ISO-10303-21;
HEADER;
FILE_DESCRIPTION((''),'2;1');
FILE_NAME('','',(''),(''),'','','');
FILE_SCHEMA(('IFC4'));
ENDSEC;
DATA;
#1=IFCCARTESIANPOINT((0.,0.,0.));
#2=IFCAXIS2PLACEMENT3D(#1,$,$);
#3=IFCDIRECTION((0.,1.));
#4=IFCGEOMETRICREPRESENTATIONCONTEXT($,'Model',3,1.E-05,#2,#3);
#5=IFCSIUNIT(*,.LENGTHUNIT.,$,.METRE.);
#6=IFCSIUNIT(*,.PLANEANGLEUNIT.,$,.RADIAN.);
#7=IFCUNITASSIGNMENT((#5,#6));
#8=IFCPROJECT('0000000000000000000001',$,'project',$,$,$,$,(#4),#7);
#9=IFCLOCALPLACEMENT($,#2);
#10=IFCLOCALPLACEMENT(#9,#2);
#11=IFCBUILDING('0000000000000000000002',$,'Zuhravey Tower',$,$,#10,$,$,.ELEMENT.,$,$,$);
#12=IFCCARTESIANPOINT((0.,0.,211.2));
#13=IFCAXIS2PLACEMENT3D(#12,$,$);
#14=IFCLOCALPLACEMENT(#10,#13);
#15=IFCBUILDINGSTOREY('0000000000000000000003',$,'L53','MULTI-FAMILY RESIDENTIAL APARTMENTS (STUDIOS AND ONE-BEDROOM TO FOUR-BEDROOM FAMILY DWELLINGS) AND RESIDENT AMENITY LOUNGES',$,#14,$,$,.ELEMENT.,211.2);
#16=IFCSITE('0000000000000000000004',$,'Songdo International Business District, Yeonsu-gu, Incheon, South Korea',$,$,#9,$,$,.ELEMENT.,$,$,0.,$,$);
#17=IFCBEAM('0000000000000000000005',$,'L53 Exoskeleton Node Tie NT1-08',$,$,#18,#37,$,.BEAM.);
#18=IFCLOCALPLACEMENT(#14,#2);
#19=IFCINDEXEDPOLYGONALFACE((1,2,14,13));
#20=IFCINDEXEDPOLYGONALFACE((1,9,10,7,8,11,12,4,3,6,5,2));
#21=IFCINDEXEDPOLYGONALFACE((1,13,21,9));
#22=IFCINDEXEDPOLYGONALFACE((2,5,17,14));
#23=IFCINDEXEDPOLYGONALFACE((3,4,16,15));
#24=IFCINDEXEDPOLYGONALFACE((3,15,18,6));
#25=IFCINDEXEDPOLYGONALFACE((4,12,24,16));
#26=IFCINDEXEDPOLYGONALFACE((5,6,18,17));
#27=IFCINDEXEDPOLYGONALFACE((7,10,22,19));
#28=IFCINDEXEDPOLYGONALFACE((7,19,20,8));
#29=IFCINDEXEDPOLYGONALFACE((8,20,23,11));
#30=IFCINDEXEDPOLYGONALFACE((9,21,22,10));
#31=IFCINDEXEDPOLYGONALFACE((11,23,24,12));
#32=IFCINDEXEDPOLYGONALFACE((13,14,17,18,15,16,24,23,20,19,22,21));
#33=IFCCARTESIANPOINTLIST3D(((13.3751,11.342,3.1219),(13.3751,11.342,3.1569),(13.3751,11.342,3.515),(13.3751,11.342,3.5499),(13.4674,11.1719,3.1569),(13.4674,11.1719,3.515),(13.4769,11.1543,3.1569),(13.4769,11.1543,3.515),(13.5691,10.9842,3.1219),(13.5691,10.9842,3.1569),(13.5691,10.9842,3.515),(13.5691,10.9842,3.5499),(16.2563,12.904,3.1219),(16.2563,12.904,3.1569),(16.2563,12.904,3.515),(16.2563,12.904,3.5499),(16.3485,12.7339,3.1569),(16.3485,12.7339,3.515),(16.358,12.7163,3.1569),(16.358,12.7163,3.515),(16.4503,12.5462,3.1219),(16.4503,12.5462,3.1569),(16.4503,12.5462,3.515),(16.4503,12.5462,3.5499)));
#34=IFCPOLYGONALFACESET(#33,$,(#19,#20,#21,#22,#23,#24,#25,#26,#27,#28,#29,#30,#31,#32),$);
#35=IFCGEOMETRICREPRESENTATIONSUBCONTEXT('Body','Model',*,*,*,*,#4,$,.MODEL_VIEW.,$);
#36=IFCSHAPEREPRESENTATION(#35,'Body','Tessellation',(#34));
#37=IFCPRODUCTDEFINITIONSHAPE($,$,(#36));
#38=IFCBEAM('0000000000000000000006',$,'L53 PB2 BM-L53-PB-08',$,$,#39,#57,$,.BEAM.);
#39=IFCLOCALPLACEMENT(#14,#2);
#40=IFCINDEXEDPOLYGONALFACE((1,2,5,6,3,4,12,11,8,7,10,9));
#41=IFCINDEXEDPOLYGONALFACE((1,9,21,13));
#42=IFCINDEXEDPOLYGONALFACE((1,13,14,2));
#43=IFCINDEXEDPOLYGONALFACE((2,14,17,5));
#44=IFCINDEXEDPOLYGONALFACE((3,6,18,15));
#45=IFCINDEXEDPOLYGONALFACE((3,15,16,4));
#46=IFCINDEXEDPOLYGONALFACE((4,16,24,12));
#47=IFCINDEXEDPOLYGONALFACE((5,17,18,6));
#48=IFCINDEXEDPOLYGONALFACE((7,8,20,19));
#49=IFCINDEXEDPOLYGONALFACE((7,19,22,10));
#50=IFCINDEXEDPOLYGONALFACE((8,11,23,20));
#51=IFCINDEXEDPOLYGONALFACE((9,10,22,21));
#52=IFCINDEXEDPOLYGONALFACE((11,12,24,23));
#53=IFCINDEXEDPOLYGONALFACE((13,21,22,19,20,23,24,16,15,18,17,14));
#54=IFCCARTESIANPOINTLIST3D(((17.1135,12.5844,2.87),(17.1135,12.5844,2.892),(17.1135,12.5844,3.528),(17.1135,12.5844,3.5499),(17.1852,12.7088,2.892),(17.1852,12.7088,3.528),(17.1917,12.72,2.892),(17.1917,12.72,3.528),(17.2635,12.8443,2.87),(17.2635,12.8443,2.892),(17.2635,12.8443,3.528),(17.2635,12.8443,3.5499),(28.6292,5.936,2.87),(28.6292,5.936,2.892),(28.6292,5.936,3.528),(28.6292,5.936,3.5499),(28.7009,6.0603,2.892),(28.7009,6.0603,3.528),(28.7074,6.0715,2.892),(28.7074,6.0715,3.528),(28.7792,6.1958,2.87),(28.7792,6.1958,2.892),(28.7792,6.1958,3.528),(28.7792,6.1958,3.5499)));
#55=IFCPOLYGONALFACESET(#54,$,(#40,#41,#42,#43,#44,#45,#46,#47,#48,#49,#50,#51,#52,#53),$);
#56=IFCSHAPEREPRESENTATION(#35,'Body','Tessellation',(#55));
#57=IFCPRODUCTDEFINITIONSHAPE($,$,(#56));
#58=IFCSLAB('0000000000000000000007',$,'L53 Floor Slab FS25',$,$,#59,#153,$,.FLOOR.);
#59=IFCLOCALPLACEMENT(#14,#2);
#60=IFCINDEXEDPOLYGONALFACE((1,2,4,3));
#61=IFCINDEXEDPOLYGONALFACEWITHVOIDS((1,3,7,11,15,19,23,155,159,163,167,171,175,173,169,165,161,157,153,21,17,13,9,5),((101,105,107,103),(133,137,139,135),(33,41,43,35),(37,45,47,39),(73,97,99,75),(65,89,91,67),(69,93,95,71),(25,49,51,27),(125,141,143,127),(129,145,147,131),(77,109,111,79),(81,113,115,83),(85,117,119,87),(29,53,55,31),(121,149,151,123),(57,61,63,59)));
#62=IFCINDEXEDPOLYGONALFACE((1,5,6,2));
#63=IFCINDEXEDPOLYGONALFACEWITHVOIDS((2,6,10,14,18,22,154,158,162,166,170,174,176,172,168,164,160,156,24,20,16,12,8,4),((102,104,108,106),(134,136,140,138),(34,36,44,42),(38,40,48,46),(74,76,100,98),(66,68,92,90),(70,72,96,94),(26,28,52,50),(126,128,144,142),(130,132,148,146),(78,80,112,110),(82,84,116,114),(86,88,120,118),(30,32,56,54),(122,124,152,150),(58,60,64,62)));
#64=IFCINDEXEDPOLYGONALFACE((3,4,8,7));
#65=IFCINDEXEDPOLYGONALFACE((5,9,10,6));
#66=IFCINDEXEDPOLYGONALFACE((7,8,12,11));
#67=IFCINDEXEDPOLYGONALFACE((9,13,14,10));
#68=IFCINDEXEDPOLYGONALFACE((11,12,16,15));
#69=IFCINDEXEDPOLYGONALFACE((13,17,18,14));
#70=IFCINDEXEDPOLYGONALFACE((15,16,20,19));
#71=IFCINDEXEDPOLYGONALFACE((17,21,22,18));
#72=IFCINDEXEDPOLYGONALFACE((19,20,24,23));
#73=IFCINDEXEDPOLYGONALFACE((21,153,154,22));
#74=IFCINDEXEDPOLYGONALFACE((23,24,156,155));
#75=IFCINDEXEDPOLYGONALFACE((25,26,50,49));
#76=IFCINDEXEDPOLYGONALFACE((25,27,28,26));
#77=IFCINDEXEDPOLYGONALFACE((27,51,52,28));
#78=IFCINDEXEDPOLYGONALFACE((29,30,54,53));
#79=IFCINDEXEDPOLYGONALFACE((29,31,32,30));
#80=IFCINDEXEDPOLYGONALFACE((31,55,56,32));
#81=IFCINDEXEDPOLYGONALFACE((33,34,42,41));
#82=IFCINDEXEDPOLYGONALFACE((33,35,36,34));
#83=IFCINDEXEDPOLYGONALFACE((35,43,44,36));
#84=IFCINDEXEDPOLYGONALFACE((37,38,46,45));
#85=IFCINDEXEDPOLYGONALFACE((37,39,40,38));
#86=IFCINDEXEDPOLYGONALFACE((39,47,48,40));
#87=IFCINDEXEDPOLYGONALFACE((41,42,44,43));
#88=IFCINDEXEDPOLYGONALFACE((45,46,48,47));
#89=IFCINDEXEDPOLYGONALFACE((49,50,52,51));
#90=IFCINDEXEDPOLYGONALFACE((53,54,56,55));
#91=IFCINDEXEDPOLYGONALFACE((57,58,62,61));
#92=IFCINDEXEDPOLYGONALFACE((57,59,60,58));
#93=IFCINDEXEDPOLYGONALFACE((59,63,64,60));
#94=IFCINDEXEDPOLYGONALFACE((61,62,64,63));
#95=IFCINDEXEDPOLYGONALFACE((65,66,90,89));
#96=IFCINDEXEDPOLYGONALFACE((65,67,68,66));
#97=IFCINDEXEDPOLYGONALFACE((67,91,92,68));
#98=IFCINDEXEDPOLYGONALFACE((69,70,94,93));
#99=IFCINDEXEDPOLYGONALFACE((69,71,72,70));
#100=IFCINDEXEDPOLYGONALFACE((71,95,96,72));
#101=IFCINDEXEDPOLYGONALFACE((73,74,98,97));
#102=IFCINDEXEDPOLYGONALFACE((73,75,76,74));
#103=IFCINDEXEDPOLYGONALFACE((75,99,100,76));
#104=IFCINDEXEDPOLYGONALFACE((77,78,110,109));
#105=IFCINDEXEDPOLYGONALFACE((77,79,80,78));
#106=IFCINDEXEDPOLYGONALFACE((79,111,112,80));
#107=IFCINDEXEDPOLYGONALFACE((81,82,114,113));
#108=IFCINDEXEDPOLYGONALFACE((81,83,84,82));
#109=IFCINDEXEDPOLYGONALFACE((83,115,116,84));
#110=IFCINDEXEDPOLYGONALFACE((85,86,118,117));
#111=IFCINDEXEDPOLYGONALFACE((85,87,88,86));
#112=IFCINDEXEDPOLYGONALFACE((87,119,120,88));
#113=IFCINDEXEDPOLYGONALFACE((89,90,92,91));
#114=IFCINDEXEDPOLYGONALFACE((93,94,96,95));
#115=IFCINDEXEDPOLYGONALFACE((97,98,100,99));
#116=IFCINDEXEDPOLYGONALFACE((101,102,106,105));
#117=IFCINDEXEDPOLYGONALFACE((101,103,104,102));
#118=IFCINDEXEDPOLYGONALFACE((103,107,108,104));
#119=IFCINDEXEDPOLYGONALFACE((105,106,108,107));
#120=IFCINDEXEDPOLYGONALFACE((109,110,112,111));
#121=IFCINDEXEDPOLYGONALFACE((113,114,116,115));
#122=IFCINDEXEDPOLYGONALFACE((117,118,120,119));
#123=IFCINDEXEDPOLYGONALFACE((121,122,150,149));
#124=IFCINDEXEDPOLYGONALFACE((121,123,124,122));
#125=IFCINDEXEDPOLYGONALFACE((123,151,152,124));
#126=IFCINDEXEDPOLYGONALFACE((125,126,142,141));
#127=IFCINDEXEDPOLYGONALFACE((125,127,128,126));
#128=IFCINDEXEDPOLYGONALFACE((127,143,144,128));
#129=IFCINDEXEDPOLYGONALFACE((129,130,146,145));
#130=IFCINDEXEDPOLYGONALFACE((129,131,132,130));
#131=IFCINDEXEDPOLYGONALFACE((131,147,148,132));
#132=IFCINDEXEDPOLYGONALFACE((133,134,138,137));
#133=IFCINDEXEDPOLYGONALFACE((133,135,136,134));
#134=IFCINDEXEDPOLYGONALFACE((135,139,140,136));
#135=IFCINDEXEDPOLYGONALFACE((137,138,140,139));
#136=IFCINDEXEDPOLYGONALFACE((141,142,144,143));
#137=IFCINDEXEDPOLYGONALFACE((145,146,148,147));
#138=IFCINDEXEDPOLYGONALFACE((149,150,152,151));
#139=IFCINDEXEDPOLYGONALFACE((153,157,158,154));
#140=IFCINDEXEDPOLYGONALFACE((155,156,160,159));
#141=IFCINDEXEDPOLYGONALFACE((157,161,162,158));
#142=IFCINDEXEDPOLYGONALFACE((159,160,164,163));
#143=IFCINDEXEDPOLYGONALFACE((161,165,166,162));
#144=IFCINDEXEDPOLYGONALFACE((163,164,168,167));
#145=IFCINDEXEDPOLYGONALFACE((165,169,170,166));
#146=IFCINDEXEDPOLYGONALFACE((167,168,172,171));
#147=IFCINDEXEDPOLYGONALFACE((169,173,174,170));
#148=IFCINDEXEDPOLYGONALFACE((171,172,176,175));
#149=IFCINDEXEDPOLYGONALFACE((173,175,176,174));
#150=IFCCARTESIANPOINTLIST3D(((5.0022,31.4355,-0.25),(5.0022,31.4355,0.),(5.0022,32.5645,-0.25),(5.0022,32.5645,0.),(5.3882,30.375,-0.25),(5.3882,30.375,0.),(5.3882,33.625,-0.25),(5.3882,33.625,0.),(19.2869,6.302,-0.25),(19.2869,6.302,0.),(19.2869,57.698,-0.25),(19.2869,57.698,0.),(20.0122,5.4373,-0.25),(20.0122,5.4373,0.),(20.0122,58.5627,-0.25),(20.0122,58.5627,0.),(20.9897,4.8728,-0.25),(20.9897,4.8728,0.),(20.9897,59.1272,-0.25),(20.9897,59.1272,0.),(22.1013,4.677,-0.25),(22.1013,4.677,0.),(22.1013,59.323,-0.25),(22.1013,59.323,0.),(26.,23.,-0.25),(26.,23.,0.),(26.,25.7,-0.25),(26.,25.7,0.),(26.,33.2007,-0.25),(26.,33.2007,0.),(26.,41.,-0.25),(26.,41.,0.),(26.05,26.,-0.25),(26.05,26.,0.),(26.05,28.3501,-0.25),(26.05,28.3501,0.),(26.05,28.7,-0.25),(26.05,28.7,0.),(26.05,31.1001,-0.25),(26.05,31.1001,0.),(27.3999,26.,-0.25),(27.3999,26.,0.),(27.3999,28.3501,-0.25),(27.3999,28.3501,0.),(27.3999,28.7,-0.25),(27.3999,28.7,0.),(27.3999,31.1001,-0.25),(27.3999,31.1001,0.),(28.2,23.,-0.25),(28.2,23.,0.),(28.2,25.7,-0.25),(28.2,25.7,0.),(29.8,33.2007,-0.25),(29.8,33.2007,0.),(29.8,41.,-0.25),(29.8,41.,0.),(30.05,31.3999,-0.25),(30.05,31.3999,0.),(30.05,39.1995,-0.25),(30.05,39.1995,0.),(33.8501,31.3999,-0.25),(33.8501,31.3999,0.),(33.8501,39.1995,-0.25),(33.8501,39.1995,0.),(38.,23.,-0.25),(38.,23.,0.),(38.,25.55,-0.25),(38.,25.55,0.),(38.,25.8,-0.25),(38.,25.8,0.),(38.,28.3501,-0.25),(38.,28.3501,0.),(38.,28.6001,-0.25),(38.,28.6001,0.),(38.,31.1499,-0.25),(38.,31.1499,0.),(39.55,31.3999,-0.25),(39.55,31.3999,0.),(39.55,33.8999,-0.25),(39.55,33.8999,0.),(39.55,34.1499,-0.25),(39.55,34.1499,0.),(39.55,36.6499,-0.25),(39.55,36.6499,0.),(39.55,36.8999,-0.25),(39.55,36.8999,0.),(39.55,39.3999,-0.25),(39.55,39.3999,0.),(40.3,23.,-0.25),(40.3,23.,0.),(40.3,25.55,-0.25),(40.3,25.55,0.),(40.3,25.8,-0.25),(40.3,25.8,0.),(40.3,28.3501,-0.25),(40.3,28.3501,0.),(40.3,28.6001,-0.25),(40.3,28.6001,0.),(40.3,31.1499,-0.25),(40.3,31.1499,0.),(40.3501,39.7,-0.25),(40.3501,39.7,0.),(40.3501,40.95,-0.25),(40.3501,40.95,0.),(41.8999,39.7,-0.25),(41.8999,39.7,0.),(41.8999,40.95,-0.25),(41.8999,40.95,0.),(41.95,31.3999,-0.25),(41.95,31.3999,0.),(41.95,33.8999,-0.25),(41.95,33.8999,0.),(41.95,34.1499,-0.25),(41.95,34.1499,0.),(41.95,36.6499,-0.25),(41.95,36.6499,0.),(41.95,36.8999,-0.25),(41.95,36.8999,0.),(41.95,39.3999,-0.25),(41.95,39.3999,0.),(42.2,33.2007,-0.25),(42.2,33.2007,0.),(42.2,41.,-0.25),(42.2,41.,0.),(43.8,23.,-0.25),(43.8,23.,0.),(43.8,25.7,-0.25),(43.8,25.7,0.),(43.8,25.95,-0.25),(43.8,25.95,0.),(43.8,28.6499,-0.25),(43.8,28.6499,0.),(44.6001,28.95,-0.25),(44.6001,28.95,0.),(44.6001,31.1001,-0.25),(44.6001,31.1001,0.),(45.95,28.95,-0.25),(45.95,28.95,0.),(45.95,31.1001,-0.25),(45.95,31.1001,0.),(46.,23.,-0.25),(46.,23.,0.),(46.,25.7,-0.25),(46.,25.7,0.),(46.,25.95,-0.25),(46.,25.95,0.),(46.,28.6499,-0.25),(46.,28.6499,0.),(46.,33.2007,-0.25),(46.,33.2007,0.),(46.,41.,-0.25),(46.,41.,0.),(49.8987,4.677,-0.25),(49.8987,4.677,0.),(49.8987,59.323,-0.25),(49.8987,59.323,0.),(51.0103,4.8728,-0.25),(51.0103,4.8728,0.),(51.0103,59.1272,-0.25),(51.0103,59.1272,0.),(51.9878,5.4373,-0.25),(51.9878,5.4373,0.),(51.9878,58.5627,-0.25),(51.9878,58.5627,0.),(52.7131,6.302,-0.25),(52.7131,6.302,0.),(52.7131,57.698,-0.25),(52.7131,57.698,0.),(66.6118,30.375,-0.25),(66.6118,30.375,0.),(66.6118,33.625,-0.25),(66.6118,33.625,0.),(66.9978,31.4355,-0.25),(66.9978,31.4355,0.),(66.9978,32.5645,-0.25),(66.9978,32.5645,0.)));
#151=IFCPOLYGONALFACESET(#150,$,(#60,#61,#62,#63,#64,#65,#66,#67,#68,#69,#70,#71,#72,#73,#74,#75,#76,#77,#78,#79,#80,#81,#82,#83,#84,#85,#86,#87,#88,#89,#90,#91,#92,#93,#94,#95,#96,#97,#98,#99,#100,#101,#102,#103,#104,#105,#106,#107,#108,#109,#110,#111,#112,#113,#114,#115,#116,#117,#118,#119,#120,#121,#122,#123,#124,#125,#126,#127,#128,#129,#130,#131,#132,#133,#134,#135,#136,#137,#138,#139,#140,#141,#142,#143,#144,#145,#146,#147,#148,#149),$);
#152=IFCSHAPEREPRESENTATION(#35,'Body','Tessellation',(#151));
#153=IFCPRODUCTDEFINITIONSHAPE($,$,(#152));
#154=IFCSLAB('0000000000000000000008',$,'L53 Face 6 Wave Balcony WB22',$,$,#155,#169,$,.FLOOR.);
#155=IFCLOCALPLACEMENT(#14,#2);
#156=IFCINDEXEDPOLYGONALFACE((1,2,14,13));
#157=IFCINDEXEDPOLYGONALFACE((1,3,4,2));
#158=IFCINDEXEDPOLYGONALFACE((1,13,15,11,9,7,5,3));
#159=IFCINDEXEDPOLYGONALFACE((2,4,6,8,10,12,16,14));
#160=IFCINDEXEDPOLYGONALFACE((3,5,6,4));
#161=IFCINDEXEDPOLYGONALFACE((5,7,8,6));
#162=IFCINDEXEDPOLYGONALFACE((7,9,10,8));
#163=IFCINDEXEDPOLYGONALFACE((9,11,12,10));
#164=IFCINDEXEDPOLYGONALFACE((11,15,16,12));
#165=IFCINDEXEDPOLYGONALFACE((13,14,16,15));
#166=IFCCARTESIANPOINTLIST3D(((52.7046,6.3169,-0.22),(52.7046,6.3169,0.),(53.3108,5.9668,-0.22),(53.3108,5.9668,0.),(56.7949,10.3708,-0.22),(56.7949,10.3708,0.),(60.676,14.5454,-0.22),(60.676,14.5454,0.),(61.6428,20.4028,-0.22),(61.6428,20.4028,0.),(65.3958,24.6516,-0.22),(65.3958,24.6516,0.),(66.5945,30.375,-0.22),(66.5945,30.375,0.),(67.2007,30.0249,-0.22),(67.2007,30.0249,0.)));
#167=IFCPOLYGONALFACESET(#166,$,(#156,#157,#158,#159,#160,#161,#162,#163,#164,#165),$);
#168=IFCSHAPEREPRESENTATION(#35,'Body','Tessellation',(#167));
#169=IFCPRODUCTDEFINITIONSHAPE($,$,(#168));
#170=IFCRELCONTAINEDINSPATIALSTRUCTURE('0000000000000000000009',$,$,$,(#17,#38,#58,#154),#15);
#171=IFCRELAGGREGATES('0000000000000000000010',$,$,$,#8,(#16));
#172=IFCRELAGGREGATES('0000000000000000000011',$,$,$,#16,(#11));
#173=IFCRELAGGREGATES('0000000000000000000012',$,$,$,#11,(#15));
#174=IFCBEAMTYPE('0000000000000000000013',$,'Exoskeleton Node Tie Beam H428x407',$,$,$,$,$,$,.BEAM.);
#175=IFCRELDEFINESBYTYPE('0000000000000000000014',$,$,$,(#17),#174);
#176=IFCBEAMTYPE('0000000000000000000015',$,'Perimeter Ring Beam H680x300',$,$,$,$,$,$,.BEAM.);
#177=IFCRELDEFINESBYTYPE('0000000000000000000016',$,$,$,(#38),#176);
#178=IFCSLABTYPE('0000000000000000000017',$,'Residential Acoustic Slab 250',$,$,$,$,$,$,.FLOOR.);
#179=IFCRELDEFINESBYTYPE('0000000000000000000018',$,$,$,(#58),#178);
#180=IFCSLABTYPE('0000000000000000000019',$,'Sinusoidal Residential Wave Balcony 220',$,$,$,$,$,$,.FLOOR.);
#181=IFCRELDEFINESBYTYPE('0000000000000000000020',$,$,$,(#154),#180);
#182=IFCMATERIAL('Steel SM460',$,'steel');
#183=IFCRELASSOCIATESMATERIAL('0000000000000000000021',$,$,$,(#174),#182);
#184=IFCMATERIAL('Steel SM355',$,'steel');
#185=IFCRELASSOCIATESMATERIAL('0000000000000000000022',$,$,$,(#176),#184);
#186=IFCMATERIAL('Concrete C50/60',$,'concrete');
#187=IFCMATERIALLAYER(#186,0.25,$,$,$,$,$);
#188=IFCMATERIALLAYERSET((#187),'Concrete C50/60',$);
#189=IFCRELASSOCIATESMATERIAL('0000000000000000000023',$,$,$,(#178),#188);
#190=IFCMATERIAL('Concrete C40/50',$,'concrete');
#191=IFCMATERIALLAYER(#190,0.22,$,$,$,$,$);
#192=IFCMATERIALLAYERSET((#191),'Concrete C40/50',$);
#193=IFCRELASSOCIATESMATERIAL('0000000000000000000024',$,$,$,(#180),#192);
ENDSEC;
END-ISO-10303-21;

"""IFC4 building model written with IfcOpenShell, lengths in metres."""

from ifc_helpers import new_model, si_unit, direction, frame, origin, origin_2d, place, context, subcontext, project, spatial, polyline, i_section, outline, extrude, material, layer, layer_set, material_profile, profile_set, type_object, element, save


model = new_model("IFC4")

# Units and contexts
model_context = context("Model", 3, precision=1e-05, world=origin(), true_north=direction((0.0, 1.0)))
body_context = subcontext(model_context, "Body", "Model", "MODEL_VIEW")
ifc_project = project(units=[si_unit("LENGTHUNIT", "METRE"), si_unit("PLANEANGLEUNIT", "RADIAN")], contexts=[model_context])

# Site, building, storey
site_placement = place(None, origin())
site = spatial("IfcSite", under=ifc_project, at=site_placement, Name="Songdo International Business District, Yeonsu-gu, Incheon, South Korea", CompositionType="ELEMENT", RefElevation=0.0)
building_placement = place(site_placement, origin())
building = spatial("IfcBuilding", under=site, at=building_placement, Name="Zuhravey Tower", CompositionType="ELEMENT")
storey_placement = place(building_placement, frame((0.0, 0.0, 211.2)))
storey = spatial("IfcBuildingStorey", under=building, at=storey_placement, Name="L53", Description="MULTI-FAMILY RESIDENTIAL APARTMENTS (STUDIOS AND ONE-BEDROOM TO FOUR-BEDROOM FAMILY DWELLINGS) AND RESIDENT AMENITY LOUNGES", CompositionType="ELEMENT", Elevation=211.2)

# Shared definitions
ifc_material_1 = material(Name="Concrete C50/60", Category="concrete")

# Beams
ifc_material_2 = material(Name="Steel SM460", Category="steel")
ifc_material_profile_1 = material_profile(ifc_material_2, i_section(OverallWidth=0.407, OverallDepth=0.428, WebThickness=0.02, FlangeThickness=0.0349, at=origin_2d()), Name="H-428x407x20x35")
ifc_profile_set_1 = profile_set([ifc_material_profile_1], Name="Steel SM460")
beam_type_1 = type_object("IfcBeamType", Name="Exoskeleton Node Tie Beam H428x407", PredefinedType="BEAM", material=ifc_profile_set_1)
beam_1_placement = place(storey_placement, frame((16.3533, 12.7251, 3.3359), z_axis=(-0.879111, -0.476617, 0.0), x_axis=(0.476617, -0.879111, 0.0)))
element("IfcBeam", 1, at=beam_1_placement, inside=storey, type_object=beam_type_1, Name="L53 Exoskeleton Node Tie NT1-08", PredefinedType="BEAM", context=body_context, shape_type="SweptSolid", body=[
    extrude(i_section(OverallWidth=0.407, OverallDepth=0.428, WebThickness=0.02, FlangeThickness=0.0349, at=origin_2d()), origin(), (0.0, 0.0, 1.0), 3.2773),
])
ifc_material_3 = material(Name="Steel SM355", Category="steel")
ifc_material_profile_2 = material_profile(ifc_material_3, i_section(OverallWidth=0.3, OverallDepth=0.6799, WebThickness=0.0129, FlangeThickness=0.022, at=origin_2d()), Name="H-680x300x13x22")
ifc_profile_set_2 = profile_set([ifc_material_profile_2], Name="Steel SM355")
beam_type_2 = type_object("IfcBeamType", Name="Perimeter Ring Beam H680x300", PredefinedType="BEAM", material=ifc_profile_set_2)
beam_2_placement = place(storey_placement, frame((17.1885, 12.7144, 3.21), z_axis=(0.866029, -0.499994, 0.0), x_axis=(0.499994, 0.866029, 0.0)))
element("IfcBeam", 2, at=beam_2_placement, inside=storey, type_object=beam_type_2, Name="L53 PB2 BM-L53-PB-08", PredefinedType="BEAM", context=body_context, shape_type="SweptSolid", body=[
    extrude(i_section(OverallWidth=0.3, OverallDepth=0.6799, WebThickness=0.0129, FlangeThickness=0.022, at=origin_2d()), origin(), (0.0, 0.0, 1.0), 13.2971),
])

# Slabs
ifc_layer_1 = layer(ifc_material_1, 0.25)
ifc_layer_set_1 = layer_set([ifc_layer_1], Name="Concrete C50/60")
slab_type_1 = type_object("IfcSlabType", Name="Residential Acoustic Slab 250", PredefinedType="FLOOR", material=ifc_layer_set_1)
slab_1_placement = place(storey_placement, frame((0.0, 0.0, -0.25)))
element("IfcSlab", 3, at=slab_1_placement, inside=storey, type_object=slab_type_1, Name="L53 Floor Slab FS25", PredefinedType="FLOOR", context=body_context, shape_type="SweptSolid", body=[
    extrude(outline(polyline([(66.6118, 30.375), (66.9978, 31.4355), (66.9978, 32.5645), (66.6118, 33.625), (52.7131, 57.698), (51.9878, 58.5627), (51.0103, 59.1272), (49.8987, 59.323), (22.1013, 59.323), (20.9897, 59.1272), (20.0122, 58.5627), (19.2869, 57.698), (5.3882, 33.625), (5.0022, 32.5645), (5.0022, 31.4355), (5.3882, 30.375), (19.2869, 6.302), (20.0122, 5.4373), (20.9897, 4.8728), (22.1013, 4.677), (49.8987, 4.677), (51.0103, 4.8728), (51.9878, 5.4373), (52.7131, 6.302), (66.6118, 30.375)]), holes=[polyline([(29.8, 33.2007), (29.8, 41.0), (26.0, 41.0), (26.0, 33.2007), (29.8, 33.2007)]), polyline([(46.0, 33.2007), (46.0, 41.0), (42.2, 41.0), (42.2, 33.2007), (46.0, 33.2007)]), polyline([(30.05, 39.1995), (30.05, 31.3999), (33.8501, 31.3999), (33.8501, 39.1995), (30.05, 39.1995)]), polyline([(38.0, 23.0), (40.3, 23.0), (40.3, 25.55), (38.0, 25.55), (38.0, 23.0)]), polyline([(38.0, 25.8), (40.3, 25.8), (40.3, 28.3501), (38.0, 28.3501), (38.0, 25.8)]), polyline([(38.0, 28.6001), (40.3, 28.6001), (40.3, 31.1499), (38.0, 31.1499), (38.0, 28.6001)]), polyline([(39.55, 31.3999), (41.95, 31.3999), (41.95, 33.8999), (39.55, 33.8999), (39.55, 31.3999)]), polyline([(39.55, 34.1499), (41.95, 34.1499), (41.95, 36.6499), (39.55, 36.6499), (39.55, 34.1499)]), polyline([(39.55, 36.8999), (41.95, 36.8999), (41.95, 39.3999), (39.55, 39.3999), (39.55, 36.8999)]), polyline([(26.0, 23.0), (28.2, 23.0), (28.2, 25.7), (26.0, 25.7), (26.0, 23.0)]), polyline([(43.8, 23.0), (46.0, 23.0), (46.0, 25.7), (43.8, 25.7), (43.8, 23.0)]), polyline([(43.8, 25.95), (46.0, 25.95), (46.0, 28.6499), (43.8, 28.6499), (43.8, 25.95)]), polyline([(26.05, 26.0), (27.3999, 26.0), (27.3999, 28.3501), (26.05, 28.3501), (26.05, 26.0)]), polyline([(26.05, 28.7), (27.3999, 28.7), (27.3999, 31.1001), (26.05, 31.1001), (26.05, 28.7)]), polyline([(44.6001, 28.95), (45.95, 28.95), (45.95, 31.1001), (44.6001, 31.1001), (44.6001, 28.95)]), polyline([(40.3501, 39.7), (41.8999, 39.7), (41.8999, 40.95), (40.3501, 40.95), (40.3501, 39.7)])]), origin(), (0.0, 0.0, 1.0), 0.25),
])
ifc_material_4 = material(Name="Concrete C40/50", Category="concrete")
ifc_layer_2 = layer(ifc_material_4, 0.22)
ifc_layer_set_2 = layer_set([ifc_layer_2], Name="Concrete C40/50")
slab_type_2 = type_object("IfcSlabType", Name="Sinusoidal Residential Wave Balcony 220", PredefinedType="FLOOR", material=ifc_layer_set_2)
slab_2_placement = place(storey_placement, frame((0.0, 0.0, -0.22)))
element("IfcSlab", 4, at=slab_2_placement, inside=storey, type_object=slab_type_2, Name="L53 Face 6 Wave Balcony WB22", PredefinedType="FLOOR", context=body_context, shape_type="SweptSolid", body=[
    extrude(outline(polyline([(52.7046, 6.3169), (66.5945, 30.375), (67.2007, 30.0249), (65.3958, 24.6516), (61.6428, 20.4028), (60.676, 14.5454), (56.7949, 10.3708), (53.3108, 5.9668), (52.7046, 6.3169)])), origin(), (0.0, 0.0, 1.0), 0.22),
])

save(model, "model.ifc")
